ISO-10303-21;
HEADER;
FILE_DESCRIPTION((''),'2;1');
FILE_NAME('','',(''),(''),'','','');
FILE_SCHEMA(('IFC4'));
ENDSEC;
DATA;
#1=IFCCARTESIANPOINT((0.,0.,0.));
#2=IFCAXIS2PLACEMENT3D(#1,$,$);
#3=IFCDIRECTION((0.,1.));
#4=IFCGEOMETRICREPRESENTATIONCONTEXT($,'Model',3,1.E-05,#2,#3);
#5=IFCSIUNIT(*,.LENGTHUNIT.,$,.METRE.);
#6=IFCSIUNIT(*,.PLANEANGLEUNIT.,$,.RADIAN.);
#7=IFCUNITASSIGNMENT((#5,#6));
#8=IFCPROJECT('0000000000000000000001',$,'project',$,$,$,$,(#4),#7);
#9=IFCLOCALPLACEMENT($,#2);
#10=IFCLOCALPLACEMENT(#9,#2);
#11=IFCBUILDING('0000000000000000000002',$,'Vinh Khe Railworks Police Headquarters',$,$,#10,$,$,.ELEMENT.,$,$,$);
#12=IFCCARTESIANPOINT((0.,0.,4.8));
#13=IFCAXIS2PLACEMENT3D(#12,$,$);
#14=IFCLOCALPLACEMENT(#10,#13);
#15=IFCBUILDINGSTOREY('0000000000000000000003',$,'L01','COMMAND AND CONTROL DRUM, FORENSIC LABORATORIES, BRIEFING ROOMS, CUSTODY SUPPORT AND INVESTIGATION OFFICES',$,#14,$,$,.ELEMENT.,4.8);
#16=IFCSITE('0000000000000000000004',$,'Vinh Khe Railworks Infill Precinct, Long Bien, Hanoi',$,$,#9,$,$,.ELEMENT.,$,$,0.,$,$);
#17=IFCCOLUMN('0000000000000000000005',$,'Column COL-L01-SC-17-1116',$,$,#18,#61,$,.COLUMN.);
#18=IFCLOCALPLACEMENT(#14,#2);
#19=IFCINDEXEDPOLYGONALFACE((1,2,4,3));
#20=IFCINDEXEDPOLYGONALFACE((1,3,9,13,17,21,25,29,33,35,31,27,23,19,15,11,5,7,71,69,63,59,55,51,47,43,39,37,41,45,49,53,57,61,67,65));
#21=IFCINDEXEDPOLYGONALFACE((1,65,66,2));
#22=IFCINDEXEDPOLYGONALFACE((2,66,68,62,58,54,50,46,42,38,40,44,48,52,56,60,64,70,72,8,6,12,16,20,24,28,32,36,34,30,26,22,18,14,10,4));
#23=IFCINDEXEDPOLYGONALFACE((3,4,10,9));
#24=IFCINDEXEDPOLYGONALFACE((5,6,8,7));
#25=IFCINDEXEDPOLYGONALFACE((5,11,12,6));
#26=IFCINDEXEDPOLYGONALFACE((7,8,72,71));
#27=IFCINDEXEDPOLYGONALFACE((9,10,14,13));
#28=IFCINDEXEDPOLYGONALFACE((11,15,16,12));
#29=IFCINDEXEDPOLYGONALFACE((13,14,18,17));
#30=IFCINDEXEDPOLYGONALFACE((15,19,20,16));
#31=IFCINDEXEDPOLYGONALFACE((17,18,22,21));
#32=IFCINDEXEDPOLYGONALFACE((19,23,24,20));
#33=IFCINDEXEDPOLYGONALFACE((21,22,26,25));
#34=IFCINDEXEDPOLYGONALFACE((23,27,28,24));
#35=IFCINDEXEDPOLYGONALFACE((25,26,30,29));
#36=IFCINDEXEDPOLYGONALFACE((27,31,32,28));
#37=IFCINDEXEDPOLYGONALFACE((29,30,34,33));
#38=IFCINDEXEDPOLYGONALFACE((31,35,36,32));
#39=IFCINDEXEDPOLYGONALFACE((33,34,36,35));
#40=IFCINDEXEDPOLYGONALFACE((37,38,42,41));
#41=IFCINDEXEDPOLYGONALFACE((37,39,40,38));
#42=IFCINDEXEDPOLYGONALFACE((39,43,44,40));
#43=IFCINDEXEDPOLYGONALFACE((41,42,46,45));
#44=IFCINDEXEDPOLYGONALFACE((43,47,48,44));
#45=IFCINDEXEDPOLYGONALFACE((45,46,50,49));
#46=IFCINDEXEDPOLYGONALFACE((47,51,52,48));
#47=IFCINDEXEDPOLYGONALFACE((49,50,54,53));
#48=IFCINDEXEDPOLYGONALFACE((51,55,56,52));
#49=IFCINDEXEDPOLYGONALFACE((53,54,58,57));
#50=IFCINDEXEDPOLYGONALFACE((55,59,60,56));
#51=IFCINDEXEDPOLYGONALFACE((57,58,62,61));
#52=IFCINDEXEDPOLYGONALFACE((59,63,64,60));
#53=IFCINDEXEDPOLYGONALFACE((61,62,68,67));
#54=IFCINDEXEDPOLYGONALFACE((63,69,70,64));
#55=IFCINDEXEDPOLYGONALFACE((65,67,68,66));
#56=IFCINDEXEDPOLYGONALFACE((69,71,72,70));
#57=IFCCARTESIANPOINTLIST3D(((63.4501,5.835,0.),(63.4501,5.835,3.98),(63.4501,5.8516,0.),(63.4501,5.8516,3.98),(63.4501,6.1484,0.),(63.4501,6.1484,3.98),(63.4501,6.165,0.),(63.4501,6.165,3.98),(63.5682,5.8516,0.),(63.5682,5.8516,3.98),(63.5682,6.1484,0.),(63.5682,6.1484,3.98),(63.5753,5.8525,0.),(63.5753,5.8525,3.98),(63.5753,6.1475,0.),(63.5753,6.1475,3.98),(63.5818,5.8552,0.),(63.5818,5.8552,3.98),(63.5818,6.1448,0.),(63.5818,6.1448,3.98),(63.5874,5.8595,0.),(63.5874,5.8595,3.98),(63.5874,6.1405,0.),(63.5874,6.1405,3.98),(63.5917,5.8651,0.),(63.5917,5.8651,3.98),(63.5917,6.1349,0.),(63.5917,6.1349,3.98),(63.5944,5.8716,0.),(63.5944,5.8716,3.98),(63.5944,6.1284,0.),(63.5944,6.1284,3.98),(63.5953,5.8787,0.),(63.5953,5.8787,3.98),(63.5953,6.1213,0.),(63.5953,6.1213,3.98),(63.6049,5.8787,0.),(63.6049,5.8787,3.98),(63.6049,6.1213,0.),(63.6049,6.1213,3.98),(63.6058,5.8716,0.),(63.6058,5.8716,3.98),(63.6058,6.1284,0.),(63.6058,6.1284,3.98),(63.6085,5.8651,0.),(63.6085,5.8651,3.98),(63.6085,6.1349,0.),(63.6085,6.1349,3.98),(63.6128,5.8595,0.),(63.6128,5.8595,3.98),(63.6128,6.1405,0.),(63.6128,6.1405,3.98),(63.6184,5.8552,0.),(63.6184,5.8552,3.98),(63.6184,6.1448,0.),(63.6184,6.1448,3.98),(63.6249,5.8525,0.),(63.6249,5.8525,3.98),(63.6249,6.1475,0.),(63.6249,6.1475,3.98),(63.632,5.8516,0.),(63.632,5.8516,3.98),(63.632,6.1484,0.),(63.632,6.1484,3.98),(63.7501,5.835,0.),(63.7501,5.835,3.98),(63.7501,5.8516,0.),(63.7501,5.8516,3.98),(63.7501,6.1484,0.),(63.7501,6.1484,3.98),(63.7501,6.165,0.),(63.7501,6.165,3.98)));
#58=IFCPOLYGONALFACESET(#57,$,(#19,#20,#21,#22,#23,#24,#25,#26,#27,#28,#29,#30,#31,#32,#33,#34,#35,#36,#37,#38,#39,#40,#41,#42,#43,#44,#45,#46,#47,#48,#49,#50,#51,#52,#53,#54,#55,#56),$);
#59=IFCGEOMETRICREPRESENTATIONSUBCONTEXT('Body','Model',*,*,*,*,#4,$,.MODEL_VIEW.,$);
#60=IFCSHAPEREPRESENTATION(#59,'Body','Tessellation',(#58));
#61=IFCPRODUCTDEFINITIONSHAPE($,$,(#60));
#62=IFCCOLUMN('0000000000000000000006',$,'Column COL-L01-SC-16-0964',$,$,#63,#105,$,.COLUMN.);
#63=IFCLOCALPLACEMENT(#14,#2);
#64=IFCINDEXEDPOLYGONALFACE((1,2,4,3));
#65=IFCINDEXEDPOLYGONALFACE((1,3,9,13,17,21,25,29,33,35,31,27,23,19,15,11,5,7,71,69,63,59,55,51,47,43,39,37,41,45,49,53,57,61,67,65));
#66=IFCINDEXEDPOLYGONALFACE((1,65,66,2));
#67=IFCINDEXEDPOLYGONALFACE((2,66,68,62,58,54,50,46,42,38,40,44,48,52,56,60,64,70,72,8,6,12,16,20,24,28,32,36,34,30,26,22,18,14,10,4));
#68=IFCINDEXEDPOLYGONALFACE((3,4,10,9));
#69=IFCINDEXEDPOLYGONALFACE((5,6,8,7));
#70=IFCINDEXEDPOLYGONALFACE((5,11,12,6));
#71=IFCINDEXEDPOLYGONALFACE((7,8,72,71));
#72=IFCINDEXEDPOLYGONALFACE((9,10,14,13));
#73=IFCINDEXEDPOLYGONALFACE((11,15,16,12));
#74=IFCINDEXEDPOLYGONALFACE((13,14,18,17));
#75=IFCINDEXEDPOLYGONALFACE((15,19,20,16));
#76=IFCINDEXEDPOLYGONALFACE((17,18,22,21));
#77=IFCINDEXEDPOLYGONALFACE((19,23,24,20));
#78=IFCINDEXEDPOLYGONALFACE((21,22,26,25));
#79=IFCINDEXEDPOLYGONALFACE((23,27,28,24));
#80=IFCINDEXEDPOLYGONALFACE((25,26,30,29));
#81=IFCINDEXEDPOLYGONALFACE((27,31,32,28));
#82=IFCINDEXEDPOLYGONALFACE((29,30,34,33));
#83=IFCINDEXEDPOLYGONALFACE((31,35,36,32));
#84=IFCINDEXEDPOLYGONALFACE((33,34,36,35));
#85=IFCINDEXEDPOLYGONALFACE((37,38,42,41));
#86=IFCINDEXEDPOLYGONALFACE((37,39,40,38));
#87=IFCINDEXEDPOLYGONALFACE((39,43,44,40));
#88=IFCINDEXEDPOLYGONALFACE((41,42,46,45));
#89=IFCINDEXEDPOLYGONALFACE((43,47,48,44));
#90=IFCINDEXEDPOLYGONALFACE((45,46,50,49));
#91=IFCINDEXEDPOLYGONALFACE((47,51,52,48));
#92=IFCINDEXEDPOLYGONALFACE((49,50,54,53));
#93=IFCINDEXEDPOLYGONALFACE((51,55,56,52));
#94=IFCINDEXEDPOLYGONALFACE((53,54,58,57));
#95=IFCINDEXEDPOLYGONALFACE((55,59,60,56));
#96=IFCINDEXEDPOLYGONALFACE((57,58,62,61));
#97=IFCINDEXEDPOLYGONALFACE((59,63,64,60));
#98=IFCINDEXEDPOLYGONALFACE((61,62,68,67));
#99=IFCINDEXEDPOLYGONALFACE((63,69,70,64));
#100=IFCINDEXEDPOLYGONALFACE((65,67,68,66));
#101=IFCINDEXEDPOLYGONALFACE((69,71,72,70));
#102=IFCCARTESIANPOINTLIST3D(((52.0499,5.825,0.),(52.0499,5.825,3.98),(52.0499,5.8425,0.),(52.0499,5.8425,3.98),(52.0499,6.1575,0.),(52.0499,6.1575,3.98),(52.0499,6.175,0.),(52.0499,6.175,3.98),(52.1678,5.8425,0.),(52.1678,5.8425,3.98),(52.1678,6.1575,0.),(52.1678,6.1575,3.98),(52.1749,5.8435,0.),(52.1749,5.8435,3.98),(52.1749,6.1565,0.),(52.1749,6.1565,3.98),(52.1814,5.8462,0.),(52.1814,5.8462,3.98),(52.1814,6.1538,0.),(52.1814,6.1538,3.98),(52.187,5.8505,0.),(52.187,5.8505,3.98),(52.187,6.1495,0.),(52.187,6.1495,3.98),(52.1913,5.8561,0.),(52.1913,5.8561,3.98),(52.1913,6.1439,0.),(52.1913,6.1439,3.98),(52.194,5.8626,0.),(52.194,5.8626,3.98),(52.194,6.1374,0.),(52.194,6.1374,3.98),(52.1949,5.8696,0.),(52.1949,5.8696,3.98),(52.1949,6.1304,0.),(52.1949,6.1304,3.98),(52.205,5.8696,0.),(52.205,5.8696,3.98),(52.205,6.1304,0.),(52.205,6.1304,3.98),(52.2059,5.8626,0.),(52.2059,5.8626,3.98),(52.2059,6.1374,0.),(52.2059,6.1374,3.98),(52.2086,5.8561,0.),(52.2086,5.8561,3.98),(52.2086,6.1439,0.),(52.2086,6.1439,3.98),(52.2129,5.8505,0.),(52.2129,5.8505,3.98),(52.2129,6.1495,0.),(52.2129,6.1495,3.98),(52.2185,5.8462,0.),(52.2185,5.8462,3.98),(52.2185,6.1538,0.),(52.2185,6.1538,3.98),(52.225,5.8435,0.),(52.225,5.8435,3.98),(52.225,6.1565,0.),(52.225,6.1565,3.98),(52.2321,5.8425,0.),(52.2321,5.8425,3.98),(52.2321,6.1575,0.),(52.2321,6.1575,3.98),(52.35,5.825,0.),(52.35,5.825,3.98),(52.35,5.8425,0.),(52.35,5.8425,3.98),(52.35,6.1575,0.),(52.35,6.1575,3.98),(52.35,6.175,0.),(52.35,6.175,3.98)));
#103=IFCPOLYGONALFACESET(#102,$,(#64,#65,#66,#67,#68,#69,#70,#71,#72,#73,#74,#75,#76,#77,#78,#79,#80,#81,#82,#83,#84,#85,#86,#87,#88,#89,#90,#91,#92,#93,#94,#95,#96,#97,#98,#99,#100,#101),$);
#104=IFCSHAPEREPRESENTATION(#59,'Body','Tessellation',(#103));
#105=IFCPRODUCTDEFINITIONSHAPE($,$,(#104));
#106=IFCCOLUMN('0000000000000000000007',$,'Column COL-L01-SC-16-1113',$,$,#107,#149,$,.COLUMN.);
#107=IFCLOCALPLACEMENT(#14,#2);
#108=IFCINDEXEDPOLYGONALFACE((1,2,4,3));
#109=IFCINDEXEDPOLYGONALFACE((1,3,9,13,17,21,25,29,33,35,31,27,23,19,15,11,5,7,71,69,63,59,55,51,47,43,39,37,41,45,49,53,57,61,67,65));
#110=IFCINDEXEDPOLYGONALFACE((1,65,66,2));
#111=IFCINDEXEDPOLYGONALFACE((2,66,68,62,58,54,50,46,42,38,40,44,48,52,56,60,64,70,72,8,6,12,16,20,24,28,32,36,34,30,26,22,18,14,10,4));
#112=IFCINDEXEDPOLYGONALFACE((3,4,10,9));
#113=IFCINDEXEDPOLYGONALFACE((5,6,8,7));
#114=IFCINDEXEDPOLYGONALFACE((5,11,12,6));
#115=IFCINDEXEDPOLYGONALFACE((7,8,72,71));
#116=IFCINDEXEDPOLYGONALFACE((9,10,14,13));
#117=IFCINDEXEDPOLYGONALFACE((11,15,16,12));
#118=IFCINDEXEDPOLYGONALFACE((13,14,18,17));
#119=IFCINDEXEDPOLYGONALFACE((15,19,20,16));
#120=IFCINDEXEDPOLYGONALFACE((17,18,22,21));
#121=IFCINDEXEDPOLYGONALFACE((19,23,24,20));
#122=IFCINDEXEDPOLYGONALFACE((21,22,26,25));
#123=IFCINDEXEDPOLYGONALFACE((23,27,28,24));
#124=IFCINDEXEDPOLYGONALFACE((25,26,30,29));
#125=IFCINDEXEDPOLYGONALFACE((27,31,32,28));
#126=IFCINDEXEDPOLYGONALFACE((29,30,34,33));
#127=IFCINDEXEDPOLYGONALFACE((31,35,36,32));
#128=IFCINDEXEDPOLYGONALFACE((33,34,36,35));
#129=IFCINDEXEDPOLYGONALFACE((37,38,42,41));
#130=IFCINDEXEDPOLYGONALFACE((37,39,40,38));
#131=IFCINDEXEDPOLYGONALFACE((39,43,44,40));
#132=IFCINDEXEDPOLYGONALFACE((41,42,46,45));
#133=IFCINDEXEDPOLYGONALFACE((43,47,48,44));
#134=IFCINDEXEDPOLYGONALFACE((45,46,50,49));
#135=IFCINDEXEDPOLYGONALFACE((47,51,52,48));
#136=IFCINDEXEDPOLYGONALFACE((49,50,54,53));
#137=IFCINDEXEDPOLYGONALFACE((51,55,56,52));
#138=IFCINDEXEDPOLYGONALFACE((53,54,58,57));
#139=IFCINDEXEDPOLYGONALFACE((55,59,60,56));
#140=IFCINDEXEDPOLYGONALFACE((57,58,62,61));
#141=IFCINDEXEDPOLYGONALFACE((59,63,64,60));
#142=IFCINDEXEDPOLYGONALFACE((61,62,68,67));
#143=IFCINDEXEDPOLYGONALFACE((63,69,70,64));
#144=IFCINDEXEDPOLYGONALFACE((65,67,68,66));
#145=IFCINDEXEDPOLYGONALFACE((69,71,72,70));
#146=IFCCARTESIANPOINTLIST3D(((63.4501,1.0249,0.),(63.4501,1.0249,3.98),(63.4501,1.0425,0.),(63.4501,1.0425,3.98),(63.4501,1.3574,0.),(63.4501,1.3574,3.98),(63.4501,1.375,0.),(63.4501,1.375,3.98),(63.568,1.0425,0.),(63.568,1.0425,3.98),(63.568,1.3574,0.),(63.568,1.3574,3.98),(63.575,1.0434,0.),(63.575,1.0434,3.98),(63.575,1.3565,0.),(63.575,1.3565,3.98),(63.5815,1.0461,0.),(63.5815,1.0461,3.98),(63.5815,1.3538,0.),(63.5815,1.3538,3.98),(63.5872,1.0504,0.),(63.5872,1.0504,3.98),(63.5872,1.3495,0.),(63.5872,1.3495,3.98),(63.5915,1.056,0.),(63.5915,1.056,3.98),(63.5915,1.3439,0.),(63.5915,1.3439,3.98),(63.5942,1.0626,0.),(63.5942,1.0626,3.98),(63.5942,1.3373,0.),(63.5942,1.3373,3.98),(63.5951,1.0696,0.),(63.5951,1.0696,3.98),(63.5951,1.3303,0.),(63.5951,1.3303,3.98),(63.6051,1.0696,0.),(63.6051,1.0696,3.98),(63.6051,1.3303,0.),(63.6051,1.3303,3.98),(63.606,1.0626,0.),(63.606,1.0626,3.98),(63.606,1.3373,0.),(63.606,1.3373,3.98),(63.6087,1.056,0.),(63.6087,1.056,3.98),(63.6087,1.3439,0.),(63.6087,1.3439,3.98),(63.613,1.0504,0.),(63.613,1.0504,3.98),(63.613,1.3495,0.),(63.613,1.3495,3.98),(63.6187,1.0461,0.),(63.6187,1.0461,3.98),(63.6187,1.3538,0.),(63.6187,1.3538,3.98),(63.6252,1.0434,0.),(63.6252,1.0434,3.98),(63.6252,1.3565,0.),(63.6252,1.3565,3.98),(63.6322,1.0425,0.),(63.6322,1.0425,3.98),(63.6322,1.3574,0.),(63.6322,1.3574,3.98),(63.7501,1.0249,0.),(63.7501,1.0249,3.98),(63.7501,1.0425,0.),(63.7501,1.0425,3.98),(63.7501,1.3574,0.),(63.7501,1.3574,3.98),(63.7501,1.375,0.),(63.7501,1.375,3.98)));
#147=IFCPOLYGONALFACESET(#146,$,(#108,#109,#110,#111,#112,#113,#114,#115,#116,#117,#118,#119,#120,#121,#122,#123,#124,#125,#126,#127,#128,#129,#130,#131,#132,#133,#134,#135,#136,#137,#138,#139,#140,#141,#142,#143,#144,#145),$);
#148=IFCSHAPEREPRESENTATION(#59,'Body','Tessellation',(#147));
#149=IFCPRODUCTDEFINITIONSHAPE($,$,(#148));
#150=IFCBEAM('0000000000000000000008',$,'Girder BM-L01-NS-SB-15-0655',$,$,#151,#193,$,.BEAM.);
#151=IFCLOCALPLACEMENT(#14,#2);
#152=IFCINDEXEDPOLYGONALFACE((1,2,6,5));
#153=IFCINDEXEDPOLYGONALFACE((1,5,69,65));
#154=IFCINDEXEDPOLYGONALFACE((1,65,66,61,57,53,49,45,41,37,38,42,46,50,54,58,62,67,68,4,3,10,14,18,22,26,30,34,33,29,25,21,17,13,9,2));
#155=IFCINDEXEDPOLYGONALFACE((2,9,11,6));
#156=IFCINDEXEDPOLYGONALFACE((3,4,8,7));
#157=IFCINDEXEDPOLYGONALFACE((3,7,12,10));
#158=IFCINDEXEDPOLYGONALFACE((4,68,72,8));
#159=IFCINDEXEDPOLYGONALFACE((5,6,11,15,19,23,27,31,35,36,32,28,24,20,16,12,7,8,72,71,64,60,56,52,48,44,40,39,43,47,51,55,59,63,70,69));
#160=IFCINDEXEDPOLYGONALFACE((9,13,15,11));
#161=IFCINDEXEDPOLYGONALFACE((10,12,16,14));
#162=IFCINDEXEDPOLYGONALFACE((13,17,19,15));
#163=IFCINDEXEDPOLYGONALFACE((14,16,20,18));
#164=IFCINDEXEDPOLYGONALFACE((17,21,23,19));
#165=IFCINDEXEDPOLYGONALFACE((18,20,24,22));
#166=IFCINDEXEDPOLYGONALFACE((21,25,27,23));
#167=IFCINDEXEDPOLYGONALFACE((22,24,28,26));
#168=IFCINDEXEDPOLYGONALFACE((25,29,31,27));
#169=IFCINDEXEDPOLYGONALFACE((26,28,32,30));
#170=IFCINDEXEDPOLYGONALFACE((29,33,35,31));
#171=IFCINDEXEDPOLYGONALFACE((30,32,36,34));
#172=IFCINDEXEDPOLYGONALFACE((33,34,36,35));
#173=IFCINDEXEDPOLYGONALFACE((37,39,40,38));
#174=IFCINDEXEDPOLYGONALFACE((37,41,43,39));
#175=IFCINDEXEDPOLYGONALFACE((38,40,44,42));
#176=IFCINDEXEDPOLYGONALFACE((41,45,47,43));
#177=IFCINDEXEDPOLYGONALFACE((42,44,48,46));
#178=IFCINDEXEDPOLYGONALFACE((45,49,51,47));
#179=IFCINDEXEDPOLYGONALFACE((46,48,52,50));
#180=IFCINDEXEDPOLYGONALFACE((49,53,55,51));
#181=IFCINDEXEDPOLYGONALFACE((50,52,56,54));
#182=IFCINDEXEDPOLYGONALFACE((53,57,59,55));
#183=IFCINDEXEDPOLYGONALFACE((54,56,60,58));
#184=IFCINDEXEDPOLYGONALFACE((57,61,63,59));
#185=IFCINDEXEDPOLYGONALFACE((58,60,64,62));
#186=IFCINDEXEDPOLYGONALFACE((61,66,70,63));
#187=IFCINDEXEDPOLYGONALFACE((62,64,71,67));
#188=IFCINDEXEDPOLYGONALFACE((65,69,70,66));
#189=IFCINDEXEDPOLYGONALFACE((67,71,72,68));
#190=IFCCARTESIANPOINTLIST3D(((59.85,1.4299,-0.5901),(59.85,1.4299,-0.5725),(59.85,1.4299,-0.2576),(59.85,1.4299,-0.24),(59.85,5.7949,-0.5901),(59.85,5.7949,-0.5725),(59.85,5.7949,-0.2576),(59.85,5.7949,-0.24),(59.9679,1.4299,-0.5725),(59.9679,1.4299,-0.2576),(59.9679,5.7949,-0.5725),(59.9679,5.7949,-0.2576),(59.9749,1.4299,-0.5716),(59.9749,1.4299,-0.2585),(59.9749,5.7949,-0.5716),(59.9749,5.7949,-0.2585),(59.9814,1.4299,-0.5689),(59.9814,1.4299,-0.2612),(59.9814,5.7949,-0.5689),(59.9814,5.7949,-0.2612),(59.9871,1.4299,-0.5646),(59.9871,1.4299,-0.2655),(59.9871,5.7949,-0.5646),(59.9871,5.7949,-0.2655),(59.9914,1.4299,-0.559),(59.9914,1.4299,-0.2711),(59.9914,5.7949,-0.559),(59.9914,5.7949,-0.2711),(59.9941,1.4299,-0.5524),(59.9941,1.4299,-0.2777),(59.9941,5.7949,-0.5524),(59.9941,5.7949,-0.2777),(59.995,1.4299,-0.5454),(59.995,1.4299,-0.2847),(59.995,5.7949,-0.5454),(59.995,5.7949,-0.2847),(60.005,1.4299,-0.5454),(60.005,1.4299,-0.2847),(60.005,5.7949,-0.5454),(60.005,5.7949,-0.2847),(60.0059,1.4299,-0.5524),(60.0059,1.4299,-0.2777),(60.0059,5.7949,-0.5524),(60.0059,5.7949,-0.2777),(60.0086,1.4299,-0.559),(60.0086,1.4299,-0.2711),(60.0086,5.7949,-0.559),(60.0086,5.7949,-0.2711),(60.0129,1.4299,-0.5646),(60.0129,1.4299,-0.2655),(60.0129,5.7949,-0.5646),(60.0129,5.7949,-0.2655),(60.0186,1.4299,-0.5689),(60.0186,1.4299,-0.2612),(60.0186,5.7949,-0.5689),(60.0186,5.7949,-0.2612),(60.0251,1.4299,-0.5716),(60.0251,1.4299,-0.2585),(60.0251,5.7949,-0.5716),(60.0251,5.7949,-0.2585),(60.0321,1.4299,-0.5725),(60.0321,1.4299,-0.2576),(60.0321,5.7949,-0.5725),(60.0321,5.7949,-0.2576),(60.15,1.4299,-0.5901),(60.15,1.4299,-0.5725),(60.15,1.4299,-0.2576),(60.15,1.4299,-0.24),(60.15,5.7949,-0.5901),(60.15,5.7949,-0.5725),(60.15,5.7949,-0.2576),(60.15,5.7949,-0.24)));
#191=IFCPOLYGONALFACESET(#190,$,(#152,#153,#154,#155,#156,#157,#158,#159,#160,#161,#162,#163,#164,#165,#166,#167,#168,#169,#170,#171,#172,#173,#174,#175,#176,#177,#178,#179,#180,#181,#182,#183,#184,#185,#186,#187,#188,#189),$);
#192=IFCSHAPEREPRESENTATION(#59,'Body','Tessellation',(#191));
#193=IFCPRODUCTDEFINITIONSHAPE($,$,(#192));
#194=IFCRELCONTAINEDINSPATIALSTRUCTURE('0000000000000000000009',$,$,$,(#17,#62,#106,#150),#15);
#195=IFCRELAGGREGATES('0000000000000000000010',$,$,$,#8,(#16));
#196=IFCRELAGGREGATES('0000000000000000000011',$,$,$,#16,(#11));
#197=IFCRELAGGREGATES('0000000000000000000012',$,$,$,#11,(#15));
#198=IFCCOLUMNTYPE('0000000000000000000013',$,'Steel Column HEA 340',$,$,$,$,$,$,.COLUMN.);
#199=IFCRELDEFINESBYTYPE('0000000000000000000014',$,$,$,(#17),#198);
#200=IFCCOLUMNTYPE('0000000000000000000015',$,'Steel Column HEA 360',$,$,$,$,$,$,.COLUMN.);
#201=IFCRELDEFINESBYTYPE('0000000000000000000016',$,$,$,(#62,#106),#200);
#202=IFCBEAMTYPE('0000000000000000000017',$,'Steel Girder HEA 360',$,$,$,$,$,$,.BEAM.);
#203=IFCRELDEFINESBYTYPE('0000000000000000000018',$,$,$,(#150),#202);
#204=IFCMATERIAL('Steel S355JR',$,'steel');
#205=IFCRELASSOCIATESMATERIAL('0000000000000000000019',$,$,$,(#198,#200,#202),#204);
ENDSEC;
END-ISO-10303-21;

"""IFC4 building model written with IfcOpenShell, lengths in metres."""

from ifc_helpers import new_model, si_unit, direction, frame, origin, origin_2d, place, context, subcontext, project, spatial, i_section, extrude, material, material_profile, profile_set, type_object, element, save


model = new_model("IFC4")

# Units and contexts
model_context = context("Model", 3, precision=1e-05, world=origin(), true_north=direction((0.0, 1.0)))
body_context = subcontext(model_context, "Body", "Model", "MODEL_VIEW")
ifc_project = project(units=[si_unit("LENGTHUNIT", "METRE"), si_unit("PLANEANGLEUNIT", "RADIAN")], contexts=[model_context])

# Site, building, storey
site_placement = place(None, origin())
site = spatial("IfcSite", under=ifc_project, at=site_placement, Name="Vinh Khe Railworks Infill Precinct, Long Bien, Hanoi", CompositionType="ELEMENT", RefElevation=0.0)
building_placement = place(site_placement, origin())
building = spatial("IfcBuilding", under=site, at=building_placement, Name="Vinh Khe Railworks Police Headquarters", CompositionType="ELEMENT")
storey_placement = place(building_placement, frame((0.0, 0.0, 4.8)))
storey = spatial("IfcBuildingStorey", under=building, at=storey_placement, Name="L01", Description="COMMAND AND CONTROL DRUM, FORENSIC LABORATORIES, BRIEFING ROOMS, CUSTODY SUPPORT AND INVESTIGATION OFFICES", CompositionType="ELEMENT", Elevation=4.8)

# Columns
ifc_material_1 = material(Name="Steel S355JR", Category="steel")
ifc_material_profile_1 = material_profile(ifc_material_1, i_section(OverallWidth=0.3, OverallDepth=0.3301, WebThickness=0.0095, FlangeThickness=0.0166, FilletRadius=0.0271, at=origin_2d()), Name="HEA 340")
ifc_profile_set_1 = profile_set([ifc_material_profile_1], Name="Steel S355JR")
column_type_1 = type_object("IfcColumnType", Name="Steel Column HEA 340", PredefinedType="COLUMN", material=ifc_profile_set_1)
column_1_placement = place(storey_placement, frame((63.6001, 6.0, 0.0), z_axis=(0.0, 0.0, 1.0), x_axis=(1.0, 0.0, 0.0)))
element("IfcColumn", 1, at=column_1_placement, inside=storey, type_object=column_type_1, Name="Column COL-L01-SC-17-1116", PredefinedType="COLUMN", context=body_context, shape_type="SweptSolid", body=[
    extrude(i_section(OverallWidth=0.3, OverallDepth=0.3301, WebThickness=0.0095, FlangeThickness=0.0166, FilletRadius=0.0271, at=origin_2d()), origin(), (0.0, 0.0, 1.0), 3.98),
])
ifc_material_profile_2 = material_profile(ifc_material_1, i_section(OverallWidth=0.3, OverallDepth=0.3501, WebThickness=0.01, FlangeThickness=0.0176, FilletRadius=0.0271, at=origin_2d()), Name="HEA 360")
ifc_profile_set_2 = profile_set([ifc_material_profile_2], Name="Steel S355JR")
column_type_2 = type_object("IfcColumnType", Name="Steel Column HEA 360", PredefinedType="COLUMN", material=ifc_profile_set_2)
for number, where, z_axis, x_axis, name in (
    (2, (52.2, 6.0, 0.0), (0.0, 0.0, 1.0), (1.0, 0.0, 0.0), "Column COL-L01-SC-16-0964"),
    (3, (63.6001, 1.2, 0.0), (0.0, 0.0, 1.0), (1.0, 0.0, 0.0), "Column COL-L01-SC-16-1113"),
):
    element("IfcColumn", number, at=place(storey_placement, frame(where, z_axis=z_axis, x_axis=x_axis)), inside=storey, type_object=column_type_2, Name=name, PredefinedType="COLUMN", context=body_context, shape_type="SweptSolid", body=[
        extrude(i_section(OverallWidth=0.3, OverallDepth=0.3501, WebThickness=0.01, FlangeThickness=0.0176, FilletRadius=0.0271, at=origin_2d()), origin(), (0.0, 0.0, 1.0), 3.98),
    ])

# Beam
ifc_material_profile_3 = material_profile(ifc_material_1, i_section(OverallWidth=0.3, OverallDepth=0.3501, WebThickness=0.01, FlangeThickness=0.0176, FilletRadius=0.0271, at=origin_2d()), Name="HEA 360")
ifc_profile_set_3 = profile_set([ifc_material_profile_3], Name="Steel S355JR")
beam_type_1 = type_object("IfcBeamType", Name="Steel Girder HEA 360", PredefinedType="BEAM", material=ifc_profile_set_3)
beam_1_placement = place(storey_placement, frame((60.0, 1.4299, -0.415), z_axis=(0.0, 1.0, 0.0), x_axis=(-1.0, 0.0, 0.0)))
element("IfcBeam", 4, at=beam_1_placement, inside=storey, type_object=beam_type_1, Name="Girder BM-L01-NS-SB-15-0655", PredefinedType="BEAM", context=body_context, shape_type="SweptSolid", body=[
    extrude(i_section(OverallWidth=0.3, OverallDepth=0.3501, WebThickness=0.01, FlangeThickness=0.0176, FilletRadius=0.0271, at=origin_2d()), origin(), (0.0, 0.0, 1.0), 4.365),
])

save(model, "model.ifc")
